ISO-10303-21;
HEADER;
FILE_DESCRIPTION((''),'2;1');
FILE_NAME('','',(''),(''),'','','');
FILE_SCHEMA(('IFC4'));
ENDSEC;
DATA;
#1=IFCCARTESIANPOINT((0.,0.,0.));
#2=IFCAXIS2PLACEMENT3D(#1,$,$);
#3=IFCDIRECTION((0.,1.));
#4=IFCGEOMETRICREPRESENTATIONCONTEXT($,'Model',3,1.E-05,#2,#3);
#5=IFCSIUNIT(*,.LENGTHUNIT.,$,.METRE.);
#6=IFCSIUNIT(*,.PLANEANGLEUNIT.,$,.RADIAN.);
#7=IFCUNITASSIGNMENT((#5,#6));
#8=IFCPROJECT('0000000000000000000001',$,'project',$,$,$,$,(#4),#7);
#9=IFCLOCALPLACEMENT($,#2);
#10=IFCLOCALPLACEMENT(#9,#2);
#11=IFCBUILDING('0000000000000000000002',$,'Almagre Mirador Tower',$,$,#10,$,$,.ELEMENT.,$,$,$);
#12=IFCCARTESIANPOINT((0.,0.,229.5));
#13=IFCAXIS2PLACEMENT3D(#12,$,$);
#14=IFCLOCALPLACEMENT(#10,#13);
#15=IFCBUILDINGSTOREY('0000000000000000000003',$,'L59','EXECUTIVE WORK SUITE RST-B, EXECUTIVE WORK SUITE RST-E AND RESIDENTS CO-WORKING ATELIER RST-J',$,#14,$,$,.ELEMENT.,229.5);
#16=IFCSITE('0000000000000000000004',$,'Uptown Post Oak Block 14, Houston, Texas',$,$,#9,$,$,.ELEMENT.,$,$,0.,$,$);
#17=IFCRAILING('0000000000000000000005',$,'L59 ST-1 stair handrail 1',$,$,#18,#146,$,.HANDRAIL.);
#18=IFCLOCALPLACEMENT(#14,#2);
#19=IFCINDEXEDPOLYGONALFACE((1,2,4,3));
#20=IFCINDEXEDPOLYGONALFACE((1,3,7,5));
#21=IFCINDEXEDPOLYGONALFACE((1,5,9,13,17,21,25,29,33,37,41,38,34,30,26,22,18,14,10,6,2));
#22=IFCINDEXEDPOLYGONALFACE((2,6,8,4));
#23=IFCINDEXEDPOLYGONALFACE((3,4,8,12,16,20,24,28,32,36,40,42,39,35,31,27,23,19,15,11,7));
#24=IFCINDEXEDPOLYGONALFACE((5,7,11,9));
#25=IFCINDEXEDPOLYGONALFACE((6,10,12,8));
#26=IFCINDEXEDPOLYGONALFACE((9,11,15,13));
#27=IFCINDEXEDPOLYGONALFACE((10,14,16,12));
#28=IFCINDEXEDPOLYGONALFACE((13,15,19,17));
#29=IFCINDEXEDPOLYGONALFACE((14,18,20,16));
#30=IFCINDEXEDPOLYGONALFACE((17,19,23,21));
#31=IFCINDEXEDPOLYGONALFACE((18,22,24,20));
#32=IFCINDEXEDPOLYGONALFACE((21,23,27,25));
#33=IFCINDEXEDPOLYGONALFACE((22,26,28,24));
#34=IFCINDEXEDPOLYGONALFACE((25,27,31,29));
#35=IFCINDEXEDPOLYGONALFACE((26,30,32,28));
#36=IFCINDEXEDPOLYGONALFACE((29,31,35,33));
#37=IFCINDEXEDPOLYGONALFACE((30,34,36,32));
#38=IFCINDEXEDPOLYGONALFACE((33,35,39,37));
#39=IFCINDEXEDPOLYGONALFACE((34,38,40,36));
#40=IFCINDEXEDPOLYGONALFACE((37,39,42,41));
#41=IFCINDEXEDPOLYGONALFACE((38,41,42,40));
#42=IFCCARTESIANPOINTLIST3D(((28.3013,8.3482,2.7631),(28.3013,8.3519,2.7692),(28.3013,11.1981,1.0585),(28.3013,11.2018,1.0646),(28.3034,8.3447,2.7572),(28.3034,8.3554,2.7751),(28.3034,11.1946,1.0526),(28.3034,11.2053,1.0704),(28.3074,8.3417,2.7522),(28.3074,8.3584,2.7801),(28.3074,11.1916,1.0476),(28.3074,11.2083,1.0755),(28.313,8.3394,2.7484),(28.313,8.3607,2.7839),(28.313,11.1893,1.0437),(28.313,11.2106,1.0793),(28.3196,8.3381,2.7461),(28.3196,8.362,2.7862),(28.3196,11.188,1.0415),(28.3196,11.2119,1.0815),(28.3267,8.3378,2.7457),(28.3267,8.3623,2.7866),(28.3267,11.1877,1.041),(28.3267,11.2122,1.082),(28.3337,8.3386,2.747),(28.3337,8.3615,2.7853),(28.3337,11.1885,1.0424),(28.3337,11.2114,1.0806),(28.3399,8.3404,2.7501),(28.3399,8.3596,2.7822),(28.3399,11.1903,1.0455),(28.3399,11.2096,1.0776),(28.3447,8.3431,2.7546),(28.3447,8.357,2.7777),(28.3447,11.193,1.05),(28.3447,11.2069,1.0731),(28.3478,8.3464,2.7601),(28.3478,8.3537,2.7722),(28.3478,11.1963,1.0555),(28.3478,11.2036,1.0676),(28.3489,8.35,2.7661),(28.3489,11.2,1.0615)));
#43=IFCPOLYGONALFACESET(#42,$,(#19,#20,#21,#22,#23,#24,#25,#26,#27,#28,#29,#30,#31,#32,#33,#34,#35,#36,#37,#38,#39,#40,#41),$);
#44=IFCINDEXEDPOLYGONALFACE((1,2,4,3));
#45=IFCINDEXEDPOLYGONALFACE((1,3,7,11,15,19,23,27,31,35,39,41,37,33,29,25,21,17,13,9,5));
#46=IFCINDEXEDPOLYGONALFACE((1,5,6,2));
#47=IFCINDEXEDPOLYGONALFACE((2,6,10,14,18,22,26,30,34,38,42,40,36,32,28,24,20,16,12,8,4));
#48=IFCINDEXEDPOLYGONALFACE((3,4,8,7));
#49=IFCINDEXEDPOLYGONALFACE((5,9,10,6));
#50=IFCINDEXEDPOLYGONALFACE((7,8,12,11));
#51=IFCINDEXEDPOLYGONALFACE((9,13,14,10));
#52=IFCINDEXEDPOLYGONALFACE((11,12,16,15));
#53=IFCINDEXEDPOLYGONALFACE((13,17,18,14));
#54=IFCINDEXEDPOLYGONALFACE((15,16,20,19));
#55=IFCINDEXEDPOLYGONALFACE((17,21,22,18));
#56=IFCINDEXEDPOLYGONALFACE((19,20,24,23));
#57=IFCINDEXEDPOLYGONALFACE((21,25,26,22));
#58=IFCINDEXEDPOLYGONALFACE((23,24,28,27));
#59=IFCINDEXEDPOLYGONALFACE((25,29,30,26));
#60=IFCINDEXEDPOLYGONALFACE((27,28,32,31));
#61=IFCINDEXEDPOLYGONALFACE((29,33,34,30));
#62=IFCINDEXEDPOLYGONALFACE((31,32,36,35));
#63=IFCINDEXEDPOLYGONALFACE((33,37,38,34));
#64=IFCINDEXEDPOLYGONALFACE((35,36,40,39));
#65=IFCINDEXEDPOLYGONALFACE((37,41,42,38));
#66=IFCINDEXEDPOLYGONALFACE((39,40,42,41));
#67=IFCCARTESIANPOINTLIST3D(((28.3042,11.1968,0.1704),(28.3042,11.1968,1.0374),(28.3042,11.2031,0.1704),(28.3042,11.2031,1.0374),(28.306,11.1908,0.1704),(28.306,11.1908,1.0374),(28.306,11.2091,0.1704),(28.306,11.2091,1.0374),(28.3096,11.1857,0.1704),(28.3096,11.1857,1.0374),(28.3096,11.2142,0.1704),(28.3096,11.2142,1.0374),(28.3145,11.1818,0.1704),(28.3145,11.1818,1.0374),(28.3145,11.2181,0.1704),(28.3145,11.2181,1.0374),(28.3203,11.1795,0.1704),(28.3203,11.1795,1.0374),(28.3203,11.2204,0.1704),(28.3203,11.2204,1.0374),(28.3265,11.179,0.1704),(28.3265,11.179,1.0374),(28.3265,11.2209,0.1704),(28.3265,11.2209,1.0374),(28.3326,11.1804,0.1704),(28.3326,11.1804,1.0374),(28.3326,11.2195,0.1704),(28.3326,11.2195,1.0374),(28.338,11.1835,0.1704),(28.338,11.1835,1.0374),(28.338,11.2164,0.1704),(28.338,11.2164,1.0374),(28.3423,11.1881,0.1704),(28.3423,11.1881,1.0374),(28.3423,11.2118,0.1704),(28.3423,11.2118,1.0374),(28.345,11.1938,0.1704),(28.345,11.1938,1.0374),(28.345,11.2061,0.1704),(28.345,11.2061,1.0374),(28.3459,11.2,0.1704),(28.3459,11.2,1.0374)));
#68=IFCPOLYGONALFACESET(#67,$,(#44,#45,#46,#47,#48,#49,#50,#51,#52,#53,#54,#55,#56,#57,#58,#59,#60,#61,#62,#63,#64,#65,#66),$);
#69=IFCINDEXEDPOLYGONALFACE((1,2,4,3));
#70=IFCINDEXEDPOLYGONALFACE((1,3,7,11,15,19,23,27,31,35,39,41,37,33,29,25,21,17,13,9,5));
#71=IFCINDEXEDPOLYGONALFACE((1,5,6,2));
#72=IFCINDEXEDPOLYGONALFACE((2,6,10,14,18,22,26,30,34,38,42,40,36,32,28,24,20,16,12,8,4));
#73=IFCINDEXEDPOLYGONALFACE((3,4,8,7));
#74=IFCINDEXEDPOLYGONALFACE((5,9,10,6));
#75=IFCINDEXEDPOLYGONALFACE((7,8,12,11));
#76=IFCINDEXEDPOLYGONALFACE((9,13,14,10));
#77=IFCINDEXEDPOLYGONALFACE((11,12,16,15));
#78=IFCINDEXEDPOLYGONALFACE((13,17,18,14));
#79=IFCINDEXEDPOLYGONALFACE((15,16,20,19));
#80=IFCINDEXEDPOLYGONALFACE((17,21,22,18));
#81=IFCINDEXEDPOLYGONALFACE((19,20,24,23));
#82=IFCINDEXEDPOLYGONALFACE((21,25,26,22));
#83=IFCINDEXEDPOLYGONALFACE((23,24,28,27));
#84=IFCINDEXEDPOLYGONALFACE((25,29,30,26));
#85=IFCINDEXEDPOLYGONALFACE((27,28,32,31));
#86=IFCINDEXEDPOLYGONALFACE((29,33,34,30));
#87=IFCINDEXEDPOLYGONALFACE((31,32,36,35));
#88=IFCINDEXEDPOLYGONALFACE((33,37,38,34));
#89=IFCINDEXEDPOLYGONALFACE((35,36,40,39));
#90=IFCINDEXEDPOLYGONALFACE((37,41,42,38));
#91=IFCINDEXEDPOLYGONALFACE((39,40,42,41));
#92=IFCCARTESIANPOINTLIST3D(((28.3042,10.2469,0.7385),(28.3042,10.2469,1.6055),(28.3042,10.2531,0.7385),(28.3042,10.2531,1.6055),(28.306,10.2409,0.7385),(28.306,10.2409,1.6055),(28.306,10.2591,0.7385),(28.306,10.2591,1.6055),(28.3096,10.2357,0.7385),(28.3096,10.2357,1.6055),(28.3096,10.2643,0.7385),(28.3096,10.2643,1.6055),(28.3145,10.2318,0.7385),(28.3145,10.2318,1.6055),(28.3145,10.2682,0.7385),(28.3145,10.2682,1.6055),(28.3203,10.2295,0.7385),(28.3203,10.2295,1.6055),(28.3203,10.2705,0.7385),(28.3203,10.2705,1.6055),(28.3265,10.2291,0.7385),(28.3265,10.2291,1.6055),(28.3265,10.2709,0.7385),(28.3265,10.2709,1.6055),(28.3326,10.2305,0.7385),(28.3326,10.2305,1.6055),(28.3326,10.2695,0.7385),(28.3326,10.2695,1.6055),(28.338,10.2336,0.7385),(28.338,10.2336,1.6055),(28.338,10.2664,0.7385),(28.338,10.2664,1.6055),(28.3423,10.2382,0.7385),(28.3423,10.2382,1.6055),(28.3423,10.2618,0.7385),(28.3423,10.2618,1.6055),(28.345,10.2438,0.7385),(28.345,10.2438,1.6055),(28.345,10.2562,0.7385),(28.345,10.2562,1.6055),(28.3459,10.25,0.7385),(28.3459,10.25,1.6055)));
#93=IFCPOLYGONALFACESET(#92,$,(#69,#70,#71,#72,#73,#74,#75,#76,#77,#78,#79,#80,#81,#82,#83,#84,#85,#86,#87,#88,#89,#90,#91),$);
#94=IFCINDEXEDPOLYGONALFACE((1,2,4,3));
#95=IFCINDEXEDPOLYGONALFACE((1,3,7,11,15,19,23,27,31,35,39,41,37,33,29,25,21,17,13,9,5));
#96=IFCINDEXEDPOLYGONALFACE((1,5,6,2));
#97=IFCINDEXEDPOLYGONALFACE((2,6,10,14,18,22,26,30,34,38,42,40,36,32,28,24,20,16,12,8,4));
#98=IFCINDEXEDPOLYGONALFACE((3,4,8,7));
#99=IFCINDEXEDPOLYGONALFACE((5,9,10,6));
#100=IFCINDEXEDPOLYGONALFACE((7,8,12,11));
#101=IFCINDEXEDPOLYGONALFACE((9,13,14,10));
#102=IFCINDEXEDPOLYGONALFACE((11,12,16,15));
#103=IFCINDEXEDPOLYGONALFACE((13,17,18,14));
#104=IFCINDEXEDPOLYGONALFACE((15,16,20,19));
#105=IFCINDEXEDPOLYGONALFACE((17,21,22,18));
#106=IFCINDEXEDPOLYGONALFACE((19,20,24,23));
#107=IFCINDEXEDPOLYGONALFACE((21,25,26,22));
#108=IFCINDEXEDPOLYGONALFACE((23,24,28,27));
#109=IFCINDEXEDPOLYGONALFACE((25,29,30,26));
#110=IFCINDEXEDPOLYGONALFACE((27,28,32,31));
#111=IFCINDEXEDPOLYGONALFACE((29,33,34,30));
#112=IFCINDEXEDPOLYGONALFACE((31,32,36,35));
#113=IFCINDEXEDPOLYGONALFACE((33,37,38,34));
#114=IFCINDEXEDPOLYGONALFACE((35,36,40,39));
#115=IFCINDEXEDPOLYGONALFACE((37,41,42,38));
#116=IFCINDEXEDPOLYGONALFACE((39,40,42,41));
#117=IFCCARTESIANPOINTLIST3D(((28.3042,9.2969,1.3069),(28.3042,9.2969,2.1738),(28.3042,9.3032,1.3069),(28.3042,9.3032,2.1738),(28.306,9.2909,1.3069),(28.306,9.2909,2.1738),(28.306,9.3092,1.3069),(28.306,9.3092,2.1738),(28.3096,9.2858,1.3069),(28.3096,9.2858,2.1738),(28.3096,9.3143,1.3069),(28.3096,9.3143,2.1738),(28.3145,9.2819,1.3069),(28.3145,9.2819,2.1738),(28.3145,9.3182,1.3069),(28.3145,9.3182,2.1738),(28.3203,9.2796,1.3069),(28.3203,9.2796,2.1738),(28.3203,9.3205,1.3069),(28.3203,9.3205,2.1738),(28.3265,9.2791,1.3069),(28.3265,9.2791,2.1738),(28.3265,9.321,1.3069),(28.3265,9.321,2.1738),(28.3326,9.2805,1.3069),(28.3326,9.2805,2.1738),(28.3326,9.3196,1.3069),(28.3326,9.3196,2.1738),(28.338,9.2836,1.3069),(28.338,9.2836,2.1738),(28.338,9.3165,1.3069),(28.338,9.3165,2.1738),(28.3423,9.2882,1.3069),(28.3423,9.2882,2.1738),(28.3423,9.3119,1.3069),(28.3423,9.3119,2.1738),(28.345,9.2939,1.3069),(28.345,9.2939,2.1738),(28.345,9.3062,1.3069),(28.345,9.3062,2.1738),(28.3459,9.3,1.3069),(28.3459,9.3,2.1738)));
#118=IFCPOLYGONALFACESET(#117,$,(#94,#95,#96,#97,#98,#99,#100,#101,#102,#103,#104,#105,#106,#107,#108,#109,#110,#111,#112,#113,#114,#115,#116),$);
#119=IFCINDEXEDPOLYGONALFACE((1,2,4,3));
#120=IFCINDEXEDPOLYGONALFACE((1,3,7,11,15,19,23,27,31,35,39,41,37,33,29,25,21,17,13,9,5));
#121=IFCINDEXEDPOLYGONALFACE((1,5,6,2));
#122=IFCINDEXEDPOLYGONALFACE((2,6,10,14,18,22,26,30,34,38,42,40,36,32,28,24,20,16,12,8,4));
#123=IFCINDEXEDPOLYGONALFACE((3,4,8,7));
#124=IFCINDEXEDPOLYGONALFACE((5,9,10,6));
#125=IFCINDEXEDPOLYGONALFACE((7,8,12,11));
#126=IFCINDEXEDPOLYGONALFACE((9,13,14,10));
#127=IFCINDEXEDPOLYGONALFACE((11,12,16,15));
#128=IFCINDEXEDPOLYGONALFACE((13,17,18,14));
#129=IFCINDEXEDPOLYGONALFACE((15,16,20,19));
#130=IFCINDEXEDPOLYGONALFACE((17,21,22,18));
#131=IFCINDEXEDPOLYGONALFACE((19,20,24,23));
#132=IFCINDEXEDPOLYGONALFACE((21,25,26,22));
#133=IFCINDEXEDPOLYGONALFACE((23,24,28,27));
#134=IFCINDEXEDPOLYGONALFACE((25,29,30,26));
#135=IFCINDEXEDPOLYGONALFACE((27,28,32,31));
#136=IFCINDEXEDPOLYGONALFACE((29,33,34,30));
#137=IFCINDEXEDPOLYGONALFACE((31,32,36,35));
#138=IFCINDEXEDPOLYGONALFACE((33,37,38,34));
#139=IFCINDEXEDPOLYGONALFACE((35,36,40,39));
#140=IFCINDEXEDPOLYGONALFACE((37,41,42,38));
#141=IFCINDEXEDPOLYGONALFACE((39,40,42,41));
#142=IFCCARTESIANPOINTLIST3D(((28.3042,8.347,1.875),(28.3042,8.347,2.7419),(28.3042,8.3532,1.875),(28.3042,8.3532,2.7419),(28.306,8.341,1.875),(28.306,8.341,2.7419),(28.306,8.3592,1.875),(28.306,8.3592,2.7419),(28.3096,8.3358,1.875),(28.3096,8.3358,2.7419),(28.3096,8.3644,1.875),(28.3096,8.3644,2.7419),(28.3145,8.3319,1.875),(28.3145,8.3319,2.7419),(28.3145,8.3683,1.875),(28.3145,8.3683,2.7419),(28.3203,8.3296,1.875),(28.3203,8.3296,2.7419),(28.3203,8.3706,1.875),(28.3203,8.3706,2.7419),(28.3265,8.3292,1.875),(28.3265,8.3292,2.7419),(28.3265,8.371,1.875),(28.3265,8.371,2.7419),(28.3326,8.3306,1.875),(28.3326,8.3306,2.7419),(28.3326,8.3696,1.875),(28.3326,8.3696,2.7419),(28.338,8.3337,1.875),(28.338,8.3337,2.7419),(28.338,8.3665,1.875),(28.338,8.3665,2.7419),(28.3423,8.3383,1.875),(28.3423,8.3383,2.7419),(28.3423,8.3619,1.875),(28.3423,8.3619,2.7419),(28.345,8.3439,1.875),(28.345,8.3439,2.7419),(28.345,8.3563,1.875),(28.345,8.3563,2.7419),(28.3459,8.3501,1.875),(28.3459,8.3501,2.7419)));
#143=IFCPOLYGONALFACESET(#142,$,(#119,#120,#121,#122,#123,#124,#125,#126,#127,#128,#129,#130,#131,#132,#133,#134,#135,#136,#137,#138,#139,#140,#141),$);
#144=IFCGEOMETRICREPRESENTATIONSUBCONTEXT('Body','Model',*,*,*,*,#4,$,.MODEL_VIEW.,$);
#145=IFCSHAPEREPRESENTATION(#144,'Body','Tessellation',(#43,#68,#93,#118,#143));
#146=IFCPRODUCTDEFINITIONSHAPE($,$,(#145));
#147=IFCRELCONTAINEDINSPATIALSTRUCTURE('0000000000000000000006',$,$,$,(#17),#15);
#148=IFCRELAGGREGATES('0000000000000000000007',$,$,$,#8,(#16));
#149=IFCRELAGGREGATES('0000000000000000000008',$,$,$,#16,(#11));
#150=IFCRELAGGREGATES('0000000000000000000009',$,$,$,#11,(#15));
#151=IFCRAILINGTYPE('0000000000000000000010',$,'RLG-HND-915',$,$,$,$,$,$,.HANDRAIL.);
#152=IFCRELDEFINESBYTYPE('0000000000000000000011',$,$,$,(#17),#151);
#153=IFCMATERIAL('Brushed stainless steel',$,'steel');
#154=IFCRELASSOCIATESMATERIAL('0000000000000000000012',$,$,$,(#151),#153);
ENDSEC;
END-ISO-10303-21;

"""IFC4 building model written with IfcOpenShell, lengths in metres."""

from ifc_helpers import new_model, si_unit, direction, frame, origin, origin_2d, place, context, subcontext, project, spatial, circle, extrude, material, type_object, element, save


model = new_model("IFC4")

# Units and contexts
model_context = context("Model", 3, precision=1e-05, world=origin(), true_north=direction((0.0, 1.0)))
body_context = subcontext(model_context, "Body", "Model", "MODEL_VIEW")
ifc_project = project(units=[si_unit("LENGTHUNIT", "METRE"), si_unit("PLANEANGLEUNIT", "RADIAN")], contexts=[model_context])

# Site, building, storey
site_placement = place(None, origin())
site = spatial("IfcSite", under=ifc_project, at=site_placement, Name="Uptown Post Oak Block 14, Houston, Texas", CompositionType="ELEMENT", RefElevation=0.0)
building_placement = place(site_placement, origin())
building = spatial("IfcBuilding", under=site, at=building_placement, Name="Almagre Mirador Tower", CompositionType="ELEMENT")
storey_placement = place(building_placement, frame((0.0, 0.0, 229.5)))
storey = spatial("IfcBuildingStorey", under=building, at=storey_placement, Name="L59", Description="EXECUTIVE WORK SUITE RST-B, EXECUTIVE WORK SUITE RST-E AND RESIDENTS CO-WORKING ATELIER RST-J", CompositionType="ELEMENT", Elevation=229.5)

# Railing
ifc_material_1 = material(Name="Brushed stainless steel", Category="steel")
railing_type_1 = type_object("IfcRailingType", Name="RLG-HND-915", PredefinedType="HANDRAIL", material=ifc_material_1)
railing_1_placement = place(storey_placement, frame((28.325, 11.2, 0.1704)))
element("IfcRailing", 1, at=railing_1_placement, inside=storey, type_object=railing_type_1, Name="L59 ST-1 stair handrail 1", PredefinedType="HANDRAIL", context=body_context, shape_type="SweptSolid", body=[
    extrude(circle(Radius=0.0239, at=origin_2d()), frame((0.0, 0.0, 0.8911), z_axis=(0.0, -0.858199, 0.513317), x_axis=(1.0, 0.0, 0.0)), (0.0, 0.0, 1.0), 3.3208),
    extrude(circle(Radius=0.021, at=origin_2d()), origin(), (0.0, 0.0, 1.0), 0.8669),
    extrude(circle(Radius=0.021, at=origin_2d()), frame((0.0, -0.95, 0.5681)), (0.0, 0.0, 1.0), 0.8669),
    extrude(circle(Radius=0.021, at=origin_2d()), frame((0.0, -1.8999, 1.1365)), (0.0, 0.0, 1.0), 0.8669),
    extrude(circle(Radius=0.021, at=origin_2d()), frame((0.0, -2.8499, 1.7046)), (0.0, 0.0, 1.0), 0.8669),
])

save(model, "model.ifc")
